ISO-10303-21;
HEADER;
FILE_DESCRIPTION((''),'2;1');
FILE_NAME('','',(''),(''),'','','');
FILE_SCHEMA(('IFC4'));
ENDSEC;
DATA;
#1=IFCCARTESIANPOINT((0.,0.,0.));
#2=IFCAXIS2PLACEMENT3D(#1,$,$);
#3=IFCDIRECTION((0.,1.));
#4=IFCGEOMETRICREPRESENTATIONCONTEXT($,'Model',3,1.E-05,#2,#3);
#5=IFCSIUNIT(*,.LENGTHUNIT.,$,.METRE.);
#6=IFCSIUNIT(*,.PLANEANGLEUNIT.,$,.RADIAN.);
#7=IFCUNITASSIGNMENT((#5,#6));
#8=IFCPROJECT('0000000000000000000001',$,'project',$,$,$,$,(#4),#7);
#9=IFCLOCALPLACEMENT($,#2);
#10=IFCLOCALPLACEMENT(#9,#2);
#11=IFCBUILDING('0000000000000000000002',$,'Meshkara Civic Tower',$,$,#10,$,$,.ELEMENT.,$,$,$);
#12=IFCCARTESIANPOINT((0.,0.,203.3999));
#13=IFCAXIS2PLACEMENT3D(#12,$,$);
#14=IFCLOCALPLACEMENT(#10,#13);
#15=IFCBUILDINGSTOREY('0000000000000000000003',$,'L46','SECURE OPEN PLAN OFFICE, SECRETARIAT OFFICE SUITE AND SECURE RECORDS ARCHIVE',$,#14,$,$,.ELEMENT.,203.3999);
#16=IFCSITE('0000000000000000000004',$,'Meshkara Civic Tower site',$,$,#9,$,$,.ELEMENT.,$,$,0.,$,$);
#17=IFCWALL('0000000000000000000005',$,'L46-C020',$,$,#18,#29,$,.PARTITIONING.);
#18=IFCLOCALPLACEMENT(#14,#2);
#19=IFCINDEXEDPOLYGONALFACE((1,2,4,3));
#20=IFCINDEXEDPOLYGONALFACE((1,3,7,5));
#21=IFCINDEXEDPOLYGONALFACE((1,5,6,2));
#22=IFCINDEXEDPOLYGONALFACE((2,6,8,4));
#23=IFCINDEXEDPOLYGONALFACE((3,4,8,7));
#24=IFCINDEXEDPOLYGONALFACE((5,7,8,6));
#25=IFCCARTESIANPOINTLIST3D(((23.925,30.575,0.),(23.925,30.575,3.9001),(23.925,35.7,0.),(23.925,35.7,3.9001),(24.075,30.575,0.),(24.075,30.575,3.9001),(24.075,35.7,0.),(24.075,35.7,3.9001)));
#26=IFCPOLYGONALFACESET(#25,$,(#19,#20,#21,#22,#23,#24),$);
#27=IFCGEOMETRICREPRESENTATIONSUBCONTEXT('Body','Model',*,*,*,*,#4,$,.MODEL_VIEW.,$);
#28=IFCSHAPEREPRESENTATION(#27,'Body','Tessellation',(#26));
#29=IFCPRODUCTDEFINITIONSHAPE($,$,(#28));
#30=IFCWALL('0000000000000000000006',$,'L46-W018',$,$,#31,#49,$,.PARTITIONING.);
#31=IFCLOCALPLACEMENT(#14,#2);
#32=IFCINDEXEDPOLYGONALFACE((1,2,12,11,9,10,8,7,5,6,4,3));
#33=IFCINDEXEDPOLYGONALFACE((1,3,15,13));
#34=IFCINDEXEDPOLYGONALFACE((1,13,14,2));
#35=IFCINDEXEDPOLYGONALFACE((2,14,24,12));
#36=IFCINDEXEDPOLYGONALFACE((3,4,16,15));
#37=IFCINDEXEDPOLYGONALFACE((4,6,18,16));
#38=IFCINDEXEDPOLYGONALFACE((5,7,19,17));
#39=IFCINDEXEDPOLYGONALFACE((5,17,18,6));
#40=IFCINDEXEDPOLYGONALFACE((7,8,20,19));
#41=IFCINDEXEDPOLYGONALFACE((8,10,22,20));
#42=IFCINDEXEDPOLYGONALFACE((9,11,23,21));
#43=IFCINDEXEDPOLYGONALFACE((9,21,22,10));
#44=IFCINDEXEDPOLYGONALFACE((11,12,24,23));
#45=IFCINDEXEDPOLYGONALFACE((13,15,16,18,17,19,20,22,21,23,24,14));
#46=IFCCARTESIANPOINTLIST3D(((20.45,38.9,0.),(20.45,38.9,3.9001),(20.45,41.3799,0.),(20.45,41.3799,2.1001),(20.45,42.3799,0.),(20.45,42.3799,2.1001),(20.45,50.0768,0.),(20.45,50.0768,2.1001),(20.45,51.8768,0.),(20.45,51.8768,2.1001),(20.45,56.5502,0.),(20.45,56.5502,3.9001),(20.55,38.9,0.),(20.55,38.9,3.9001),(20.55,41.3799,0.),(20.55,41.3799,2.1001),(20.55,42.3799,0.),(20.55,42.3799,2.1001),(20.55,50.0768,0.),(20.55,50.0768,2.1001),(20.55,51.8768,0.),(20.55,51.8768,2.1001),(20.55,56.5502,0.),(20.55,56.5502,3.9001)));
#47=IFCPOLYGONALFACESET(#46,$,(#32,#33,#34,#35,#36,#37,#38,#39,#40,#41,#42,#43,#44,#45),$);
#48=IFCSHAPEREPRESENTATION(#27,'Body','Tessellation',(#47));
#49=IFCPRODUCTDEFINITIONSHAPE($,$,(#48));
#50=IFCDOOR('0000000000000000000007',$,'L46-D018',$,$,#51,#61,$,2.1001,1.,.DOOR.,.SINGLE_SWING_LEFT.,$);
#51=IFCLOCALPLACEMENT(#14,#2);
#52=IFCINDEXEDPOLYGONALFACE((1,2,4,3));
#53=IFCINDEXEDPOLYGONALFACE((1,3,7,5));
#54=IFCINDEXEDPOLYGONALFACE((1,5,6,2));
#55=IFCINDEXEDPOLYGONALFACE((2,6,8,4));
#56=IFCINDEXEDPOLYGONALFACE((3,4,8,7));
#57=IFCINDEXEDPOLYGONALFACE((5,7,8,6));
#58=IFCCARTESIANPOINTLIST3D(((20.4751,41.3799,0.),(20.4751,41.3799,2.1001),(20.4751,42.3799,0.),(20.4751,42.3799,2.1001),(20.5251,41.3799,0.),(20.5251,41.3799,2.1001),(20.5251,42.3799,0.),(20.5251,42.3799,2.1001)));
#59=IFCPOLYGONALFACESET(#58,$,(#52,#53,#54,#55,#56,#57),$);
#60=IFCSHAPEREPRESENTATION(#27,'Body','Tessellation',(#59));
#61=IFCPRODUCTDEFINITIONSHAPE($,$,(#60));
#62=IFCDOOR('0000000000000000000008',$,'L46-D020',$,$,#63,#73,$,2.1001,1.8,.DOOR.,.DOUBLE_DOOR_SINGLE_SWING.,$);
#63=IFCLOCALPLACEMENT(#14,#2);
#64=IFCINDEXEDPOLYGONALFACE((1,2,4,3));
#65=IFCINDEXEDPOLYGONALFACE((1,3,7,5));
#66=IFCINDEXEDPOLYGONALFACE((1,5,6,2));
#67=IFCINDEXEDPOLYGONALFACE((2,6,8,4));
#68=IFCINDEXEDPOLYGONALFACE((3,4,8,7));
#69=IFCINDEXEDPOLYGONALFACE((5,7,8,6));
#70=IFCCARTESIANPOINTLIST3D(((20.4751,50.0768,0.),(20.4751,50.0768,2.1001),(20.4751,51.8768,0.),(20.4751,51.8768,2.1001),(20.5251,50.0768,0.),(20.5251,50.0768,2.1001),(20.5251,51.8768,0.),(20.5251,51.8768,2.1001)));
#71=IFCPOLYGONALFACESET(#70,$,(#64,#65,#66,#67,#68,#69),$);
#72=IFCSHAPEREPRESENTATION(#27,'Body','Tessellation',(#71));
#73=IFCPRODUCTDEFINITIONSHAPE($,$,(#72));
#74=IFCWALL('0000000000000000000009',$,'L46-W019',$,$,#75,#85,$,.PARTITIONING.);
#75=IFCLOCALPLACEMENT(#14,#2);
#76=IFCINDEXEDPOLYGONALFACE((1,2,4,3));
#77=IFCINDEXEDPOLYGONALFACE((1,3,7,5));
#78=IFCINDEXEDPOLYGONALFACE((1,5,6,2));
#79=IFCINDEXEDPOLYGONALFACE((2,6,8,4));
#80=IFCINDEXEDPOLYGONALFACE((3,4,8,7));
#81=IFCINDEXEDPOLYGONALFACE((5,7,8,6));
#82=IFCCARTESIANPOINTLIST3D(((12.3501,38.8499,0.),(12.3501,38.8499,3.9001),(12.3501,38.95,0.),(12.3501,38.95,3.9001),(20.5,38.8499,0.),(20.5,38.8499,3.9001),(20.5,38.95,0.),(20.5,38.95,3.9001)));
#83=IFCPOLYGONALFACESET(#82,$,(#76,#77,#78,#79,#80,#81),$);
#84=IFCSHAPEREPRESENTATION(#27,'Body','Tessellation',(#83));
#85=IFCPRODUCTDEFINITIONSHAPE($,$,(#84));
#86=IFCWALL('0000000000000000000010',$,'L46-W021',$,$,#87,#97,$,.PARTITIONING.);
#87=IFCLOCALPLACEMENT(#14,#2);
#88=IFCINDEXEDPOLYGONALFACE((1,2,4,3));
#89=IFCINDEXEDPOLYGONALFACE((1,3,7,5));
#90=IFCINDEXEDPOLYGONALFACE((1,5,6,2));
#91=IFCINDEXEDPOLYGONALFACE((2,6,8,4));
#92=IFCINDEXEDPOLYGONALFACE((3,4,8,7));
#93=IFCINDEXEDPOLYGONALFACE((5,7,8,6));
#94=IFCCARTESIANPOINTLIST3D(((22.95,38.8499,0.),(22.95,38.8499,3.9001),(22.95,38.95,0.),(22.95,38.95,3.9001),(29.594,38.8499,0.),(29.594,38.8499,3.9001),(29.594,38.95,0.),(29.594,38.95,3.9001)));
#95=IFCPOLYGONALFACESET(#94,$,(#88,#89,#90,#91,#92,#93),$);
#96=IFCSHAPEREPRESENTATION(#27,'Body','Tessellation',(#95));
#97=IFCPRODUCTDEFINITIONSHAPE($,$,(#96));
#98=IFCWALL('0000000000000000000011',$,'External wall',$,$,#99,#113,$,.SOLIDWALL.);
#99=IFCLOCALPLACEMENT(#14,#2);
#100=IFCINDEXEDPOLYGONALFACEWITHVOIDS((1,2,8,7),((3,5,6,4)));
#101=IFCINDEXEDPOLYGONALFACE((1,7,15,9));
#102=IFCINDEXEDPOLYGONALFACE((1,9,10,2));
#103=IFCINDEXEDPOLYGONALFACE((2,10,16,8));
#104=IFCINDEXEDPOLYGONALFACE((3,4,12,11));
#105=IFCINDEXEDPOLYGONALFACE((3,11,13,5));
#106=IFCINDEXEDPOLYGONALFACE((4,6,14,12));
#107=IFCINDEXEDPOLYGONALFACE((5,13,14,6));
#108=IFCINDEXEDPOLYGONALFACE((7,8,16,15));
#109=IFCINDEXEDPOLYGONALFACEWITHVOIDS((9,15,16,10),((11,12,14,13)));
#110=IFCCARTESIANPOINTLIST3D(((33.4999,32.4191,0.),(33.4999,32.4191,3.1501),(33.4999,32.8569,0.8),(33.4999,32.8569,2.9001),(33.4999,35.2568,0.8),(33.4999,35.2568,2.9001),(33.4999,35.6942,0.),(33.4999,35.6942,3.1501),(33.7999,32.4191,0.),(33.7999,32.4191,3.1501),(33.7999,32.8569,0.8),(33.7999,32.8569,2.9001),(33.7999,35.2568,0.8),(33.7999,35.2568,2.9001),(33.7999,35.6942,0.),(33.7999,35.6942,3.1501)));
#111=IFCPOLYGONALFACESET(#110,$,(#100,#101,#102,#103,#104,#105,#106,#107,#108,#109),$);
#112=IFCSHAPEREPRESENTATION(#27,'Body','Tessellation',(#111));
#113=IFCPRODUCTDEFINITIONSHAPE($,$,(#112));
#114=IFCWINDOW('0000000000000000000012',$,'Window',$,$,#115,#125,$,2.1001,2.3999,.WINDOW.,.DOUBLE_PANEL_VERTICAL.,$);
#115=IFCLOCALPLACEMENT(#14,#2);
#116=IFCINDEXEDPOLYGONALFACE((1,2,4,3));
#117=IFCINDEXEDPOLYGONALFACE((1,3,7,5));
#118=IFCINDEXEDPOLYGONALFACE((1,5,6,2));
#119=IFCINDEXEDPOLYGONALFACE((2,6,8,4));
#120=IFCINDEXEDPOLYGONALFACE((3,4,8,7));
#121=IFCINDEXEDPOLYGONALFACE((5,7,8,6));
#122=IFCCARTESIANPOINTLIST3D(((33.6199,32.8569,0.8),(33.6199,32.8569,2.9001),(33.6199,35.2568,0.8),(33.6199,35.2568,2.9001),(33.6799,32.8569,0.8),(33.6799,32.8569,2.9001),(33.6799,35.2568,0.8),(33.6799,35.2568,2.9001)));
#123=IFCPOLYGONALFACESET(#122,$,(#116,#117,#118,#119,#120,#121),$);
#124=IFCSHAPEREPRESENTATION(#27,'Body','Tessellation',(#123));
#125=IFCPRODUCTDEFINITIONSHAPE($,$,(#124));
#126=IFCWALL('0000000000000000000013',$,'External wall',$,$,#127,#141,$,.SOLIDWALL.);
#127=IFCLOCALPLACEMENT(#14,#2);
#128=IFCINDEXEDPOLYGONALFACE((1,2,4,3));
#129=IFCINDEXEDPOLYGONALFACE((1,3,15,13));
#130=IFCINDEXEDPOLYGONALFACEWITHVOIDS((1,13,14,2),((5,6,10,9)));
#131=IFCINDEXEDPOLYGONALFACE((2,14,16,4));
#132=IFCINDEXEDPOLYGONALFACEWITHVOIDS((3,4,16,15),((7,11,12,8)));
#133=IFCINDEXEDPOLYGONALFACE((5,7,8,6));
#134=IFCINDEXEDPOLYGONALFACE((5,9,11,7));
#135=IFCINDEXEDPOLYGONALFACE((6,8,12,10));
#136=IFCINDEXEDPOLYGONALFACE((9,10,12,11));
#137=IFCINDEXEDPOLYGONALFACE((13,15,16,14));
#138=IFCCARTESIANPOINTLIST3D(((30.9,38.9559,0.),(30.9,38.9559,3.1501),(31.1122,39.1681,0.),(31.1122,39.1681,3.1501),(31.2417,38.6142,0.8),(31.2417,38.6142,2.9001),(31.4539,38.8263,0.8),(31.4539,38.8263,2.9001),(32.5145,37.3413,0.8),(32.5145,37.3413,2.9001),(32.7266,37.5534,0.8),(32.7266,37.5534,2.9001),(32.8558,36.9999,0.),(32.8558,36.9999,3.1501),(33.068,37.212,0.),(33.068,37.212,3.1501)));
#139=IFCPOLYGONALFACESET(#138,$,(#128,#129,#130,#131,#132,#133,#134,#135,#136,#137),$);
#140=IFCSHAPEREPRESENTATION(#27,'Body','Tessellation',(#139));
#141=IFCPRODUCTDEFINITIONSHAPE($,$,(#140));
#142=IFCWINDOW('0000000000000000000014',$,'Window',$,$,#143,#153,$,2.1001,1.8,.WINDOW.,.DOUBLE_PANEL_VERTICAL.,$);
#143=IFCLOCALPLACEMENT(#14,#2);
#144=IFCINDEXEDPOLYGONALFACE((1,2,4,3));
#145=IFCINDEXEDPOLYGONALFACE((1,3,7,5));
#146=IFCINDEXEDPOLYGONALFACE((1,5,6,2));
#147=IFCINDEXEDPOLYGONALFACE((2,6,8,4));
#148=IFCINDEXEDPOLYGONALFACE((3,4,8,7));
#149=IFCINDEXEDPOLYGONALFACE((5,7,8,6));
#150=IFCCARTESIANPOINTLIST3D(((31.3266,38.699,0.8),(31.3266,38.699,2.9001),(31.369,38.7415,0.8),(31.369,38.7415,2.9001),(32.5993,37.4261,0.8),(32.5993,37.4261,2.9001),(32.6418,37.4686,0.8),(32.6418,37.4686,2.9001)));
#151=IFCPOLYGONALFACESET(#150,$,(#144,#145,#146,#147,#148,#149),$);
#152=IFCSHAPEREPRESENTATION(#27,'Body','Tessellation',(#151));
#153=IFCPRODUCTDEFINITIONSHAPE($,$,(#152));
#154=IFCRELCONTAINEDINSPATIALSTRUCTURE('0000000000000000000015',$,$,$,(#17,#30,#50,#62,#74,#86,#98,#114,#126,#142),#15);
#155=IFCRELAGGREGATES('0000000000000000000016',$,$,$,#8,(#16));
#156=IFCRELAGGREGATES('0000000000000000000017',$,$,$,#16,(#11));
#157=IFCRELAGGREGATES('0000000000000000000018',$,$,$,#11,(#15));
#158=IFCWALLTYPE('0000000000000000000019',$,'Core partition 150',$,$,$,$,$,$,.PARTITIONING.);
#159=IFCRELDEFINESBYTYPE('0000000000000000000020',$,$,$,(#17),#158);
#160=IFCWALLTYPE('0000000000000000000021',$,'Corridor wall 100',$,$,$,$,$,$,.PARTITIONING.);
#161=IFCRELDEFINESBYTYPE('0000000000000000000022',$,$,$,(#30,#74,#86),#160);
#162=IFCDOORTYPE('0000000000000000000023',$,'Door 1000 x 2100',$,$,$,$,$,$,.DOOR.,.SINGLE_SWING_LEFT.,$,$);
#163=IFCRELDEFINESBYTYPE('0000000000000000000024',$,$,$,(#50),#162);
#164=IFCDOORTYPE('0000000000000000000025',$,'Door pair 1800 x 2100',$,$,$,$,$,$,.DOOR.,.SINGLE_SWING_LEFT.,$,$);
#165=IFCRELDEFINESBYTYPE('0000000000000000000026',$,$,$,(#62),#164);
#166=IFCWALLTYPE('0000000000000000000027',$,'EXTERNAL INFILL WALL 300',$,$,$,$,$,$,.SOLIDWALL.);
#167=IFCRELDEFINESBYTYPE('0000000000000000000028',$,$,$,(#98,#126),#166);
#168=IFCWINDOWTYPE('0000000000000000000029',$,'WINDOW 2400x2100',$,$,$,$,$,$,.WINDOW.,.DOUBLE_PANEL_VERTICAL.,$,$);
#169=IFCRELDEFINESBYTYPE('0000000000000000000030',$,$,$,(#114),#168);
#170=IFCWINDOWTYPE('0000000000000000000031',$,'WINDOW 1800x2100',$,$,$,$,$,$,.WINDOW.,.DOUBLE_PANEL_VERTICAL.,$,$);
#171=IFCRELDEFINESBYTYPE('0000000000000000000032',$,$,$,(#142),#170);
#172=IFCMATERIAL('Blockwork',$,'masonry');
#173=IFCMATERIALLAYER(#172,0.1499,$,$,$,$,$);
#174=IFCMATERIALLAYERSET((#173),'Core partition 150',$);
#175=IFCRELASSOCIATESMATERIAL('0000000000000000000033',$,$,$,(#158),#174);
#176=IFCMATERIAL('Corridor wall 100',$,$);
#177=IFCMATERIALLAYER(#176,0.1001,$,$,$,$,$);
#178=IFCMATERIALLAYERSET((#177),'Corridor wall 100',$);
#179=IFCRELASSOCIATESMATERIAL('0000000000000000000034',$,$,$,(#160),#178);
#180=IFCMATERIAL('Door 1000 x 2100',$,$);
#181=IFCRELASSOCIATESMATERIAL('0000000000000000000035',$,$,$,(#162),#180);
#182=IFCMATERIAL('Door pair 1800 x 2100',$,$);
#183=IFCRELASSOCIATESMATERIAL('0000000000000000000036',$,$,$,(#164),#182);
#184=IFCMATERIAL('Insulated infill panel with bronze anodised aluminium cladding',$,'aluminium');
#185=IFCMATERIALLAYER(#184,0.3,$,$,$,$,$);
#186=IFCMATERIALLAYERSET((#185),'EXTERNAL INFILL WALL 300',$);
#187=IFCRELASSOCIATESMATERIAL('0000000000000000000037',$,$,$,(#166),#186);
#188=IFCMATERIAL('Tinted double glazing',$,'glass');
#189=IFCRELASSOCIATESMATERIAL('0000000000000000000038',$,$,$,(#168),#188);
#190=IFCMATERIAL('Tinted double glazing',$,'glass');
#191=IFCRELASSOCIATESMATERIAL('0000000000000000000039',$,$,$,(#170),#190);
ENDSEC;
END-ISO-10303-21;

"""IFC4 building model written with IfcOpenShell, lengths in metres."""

from ifc_helpers import new_model, si_unit, direction, frame, frame_2d, origin, place, context, subcontext, project, spatial, rectangle, extrude, material, layer, layer_set, type_object, element, fill, save


model = new_model("IFC4")

# Units and contexts
model_context = context("Model", 3, precision=1e-05, world=origin(), true_north=direction((0.0, 1.0)))
body_context = subcontext(model_context, "Body", "Model", "MODEL_VIEW")
ifc_project = project(units=[si_unit("LENGTHUNIT", "METRE"), si_unit("PLANEANGLEUNIT", "RADIAN")], contexts=[model_context])

# Site, building, storey
site_placement = place(None, origin())
site = spatial("IfcSite", under=ifc_project, at=site_placement, Name="Meshkara Civic Tower site", CompositionType="ELEMENT", RefElevation=0.0)
building_placement = place(site_placement, origin())
building = spatial("IfcBuilding", under=site, at=building_placement, Name="Meshkara Civic Tower", CompositionType="ELEMENT")
storey_placement = place(building_placement, frame((0.0, 0.0, 203.3999)))
storey = spatial("IfcBuildingStorey", under=building, at=storey_placement, Name="L46", Description="SECURE OPEN PLAN OFFICE, SECRETARIAT OFFICE SUITE AND SECURE RECORDS ARCHIVE", CompositionType="ELEMENT", Elevation=203.3999)

# Shared definitions
ifc_material_1 = material(Name="Blockwork", Category="masonry")
ifc_layer_1 = layer(ifc_material_1, 0.1499)
ifc_layer_set_1 = layer_set([ifc_layer_1], Name="Core partition 150")
wall_type_1 = type_object("IfcWallType", Name="Core partition 150", PredefinedType="PARTITIONING", material=ifc_layer_set_1)

# Wall
for number, where, z_axis, x_axis, name in (
    (1, (24.0, 30.575, 0.0), (0.0, 0.0, 1.0), (0.0, 1.0, 0.0), "L46-C020"),
):
    element("IfcWall", number, at=place(storey_placement, frame(where, z_axis=z_axis, x_axis=x_axis)), inside=storey, type_object=wall_type_1, Name=name, PredefinedType="PARTITIONING", context=body_context, shape_type="SweptSolid", body=[
        extrude(rectangle(XDim=5.125, YDim=0.1499, at=frame_2d((2.5625, 0.0))), origin(), (0.0, 0.0, 1.0), 3.9001),
    ])

# Wall, openings, doors
ifc_material_2 = material(Name="Corridor wall 100")
ifc_layer_2 = layer(ifc_material_2, 0.1001)
ifc_layer_set_2 = layer_set([ifc_layer_2], Name="Corridor wall 100")
wall_type_2 = type_object("IfcWallType", Name="Corridor wall 100", PredefinedType="PARTITIONING", material=ifc_layer_set_2)
wall_1_placement = place(storey_placement, frame((20.5, 38.8999, 0.0), z_axis=(0.0, 0.0, 1.0), x_axis=(0.0, 1.0, 0.0)))
wall_1 = element("IfcWall", 2, at=wall_1_placement, inside=storey, type_object=wall_type_2, Name="L46-W018", PredefinedType="PARTITIONING", context=body_context, shape_type="SweptSolid", body=[
    extrude(rectangle(XDim=17.6501, YDim=0.1001, at=frame_2d((8.8252, 0.0))), origin(), (0.0, 0.0, 1.0), 3.9001),
])
opening_1_placement = place(wall_1_placement, frame((2.48, 0.0, 0.0)))
opening_1 = element("IfcOpeningElement", 3, at=opening_1_placement, cuts=wall_1, PredefinedType="OPENING", context=body_context, shape_type="SweptSolid", body=[
    extrude(rectangle(XDim=1.0, YDim=2.1001, at=frame_2d((0.5, 1.05))), frame((0.0, 0.0601, 0.0), z_axis=(0.0, -1.0, 0.0), x_axis=(1.0, 0.0, 0.0)), (0.0, 0.0, 1.0), 0.1201),
])
opening_2_placement = place(wall_1_placement, frame((11.177, 0.0, 0.0)))
opening_2 = element("IfcOpeningElement", 4, at=opening_2_placement, cuts=wall_1, PredefinedType="OPENING", context=body_context, shape_type="SweptSolid", body=[
    extrude(rectangle(XDim=1.8, YDim=2.1001, at=frame_2d((0.8999, 1.05))), frame((0.0, 0.0601, 0.0), z_axis=(0.0, -1.0, 0.0), x_axis=(1.0, 0.0, 0.0)), (0.0, 0.0, 1.0), 0.1201),
])
ifc_material_3 = material(Name="Door 1000 x 2100")
door_type_1 = type_object("IfcDoorType", Name="Door 1000 x 2100", OperationType="SINGLE_SWING_LEFT", PredefinedType="DOOR", material=ifc_material_3)
door_1_placement = place(opening_1_placement, origin())
door_1 = element("IfcDoor", 5, at=door_1_placement, inside=storey, type_object=door_type_1, Name="L46-D018", OperationType="SINGLE_SWING_LEFT", OverallHeight=2.1001, OverallWidth=1.0, PredefinedType="DOOR", context=body_context, shape_type="SweptSolid", body=[
    extrude(rectangle(XDim=1.0, YDim=2.1001, at=frame_2d((0.5, 1.05))), frame((0.0, 0.0249, 0.0), z_axis=(0.0, -1.0, 0.0), x_axis=(1.0, 0.0, 0.0)), (0.0, 0.0, 1.0), 0.05),
])
fill(opening_1, door_1)
ifc_material_4 = material(Name="Door pair 1800 x 2100")
door_type_2 = type_object("IfcDoorType", Name="Door pair 1800 x 2100", OperationType="SINGLE_SWING_LEFT", PredefinedType="DOOR", material=ifc_material_4)
door_2_placement = place(opening_2_placement, origin())
door_2 = element("IfcDoor", 6, at=door_2_placement, inside=storey, type_object=door_type_2, Name="L46-D020", OperationType="DOUBLE_DOOR_SINGLE_SWING", OverallHeight=2.1001, OverallWidth=1.8, PredefinedType="DOOR", context=body_context, shape_type="SweptSolid", body=[
    extrude(rectangle(XDim=1.8, YDim=2.1001, at=frame_2d((0.8999, 1.05))), frame((0.0, 0.0249, 0.0), z_axis=(0.0, -1.0, 0.0), x_axis=(1.0, 0.0, 0.0)), (0.0, 0.0, 1.0), 0.05),
])
fill(opening_2, door_2)

# Walls
wall_2_placement = place(storey_placement, frame((20.5, 38.8999, 0.0), z_axis=(0.0, 0.0, 1.0), x_axis=(-1.0, 0.0, 0.0)))
element("IfcWall", 7, at=wall_2_placement, inside=storey, type_object=wall_type_2, Name="L46-W019", PredefinedType="PARTITIONING", context=body_context, shape_type="SweptSolid", body=[
    extrude(rectangle(XDim=8.1499, YDim=0.1001, at=frame_2d((4.075, 0.0))), origin(), (0.0, 0.0, 1.0), 3.9001),
])
wall_3_placement = place(storey_placement, frame((29.594, 38.8999, 0.0), z_axis=(0.0, 0.0, 1.0), x_axis=(-1.0, 0.0, 0.0)))
element("IfcWall", 8, at=wall_3_placement, inside=storey, type_object=wall_type_2, Name="L46-W021", PredefinedType="PARTITIONING", context=body_context, shape_type="SweptSolid", body=[
    extrude(rectangle(XDim=6.644, YDim=0.1001, at=frame_2d((3.322, 0.0))), origin(), (0.0, 0.0, 1.0), 3.9001),
])

# Walls, openings, windows
ifc_material_5 = material(Name="Insulated infill panel with bronze anodised aluminium cladding", Category="aluminium")
ifc_layer_3 = layer(ifc_material_5, 0.3)
ifc_layer_set_3 = layer_set([ifc_layer_3], Name="EXTERNAL INFILL WALL 300")
wall_type_3 = type_object("IfcWallType", Name="EXTERNAL INFILL WALL 300", PredefinedType="SOLIDWALL", material=ifc_layer_set_3)
wall_4_placement = place(storey_placement, frame((33.6499, 32.4189, 0.0), z_axis=(0.0, 0.0, 1.0), x_axis=(0.0, 1.0, 0.0)))
wall_4 = element("IfcWall", 9, at=wall_4_placement, inside=storey, type_object=wall_type_3, Name="External wall", PredefinedType="SOLIDWALL", context=body_context, shape_type="SweptSolid", body=[
    extrude(rectangle(XDim=3.2751, YDim=0.3, at=frame_2d((1.6377, 0.0))), origin(), (0.0, 0.0, 1.0), 3.1501),
])
opening_3_placement = place(wall_4_placement, frame((0.438, 0.0, 0.8)))
opening_3 = element("IfcOpeningElement", 10, at=opening_3_placement, cuts=wall_4, PredefinedType="OPENING", context=body_context, shape_type="SweptSolid", body=[
    extrude(rectangle(XDim=2.3999, YDim=2.1001, at=frame_2d((1.2, 1.05))), frame((0.0, 0.1599, 0.0), z_axis=(0.0, -1.0, 0.0), x_axis=(1.0, 0.0, 0.0)), (0.0, 0.0, 1.0), 0.3201),
])
ifc_material_6 = material(Name="Tinted double glazing", Category="glass")
window_type_1 = type_object("IfcWindowType", Name="WINDOW 2400x2100", PartitioningType="DOUBLE_PANEL_VERTICAL", PredefinedType="WINDOW", material=ifc_material_6)
window_1_placement = place(opening_3_placement, origin())
window_1 = element("IfcWindow", 11, at=window_1_placement, inside=storey, type_object=window_type_1, Name="Window", OverallHeight=2.1001, OverallWidth=2.3999, PartitioningType="DOUBLE_PANEL_VERTICAL", PredefinedType="WINDOW", context=body_context, shape_type="SweptSolid", body=[
    extrude(rectangle(XDim=2.3999, YDim=2.1001, at=frame_2d((1.2, 1.05))), frame((0.0, 0.03, 0.0), z_axis=(0.0, -1.0, 0.0), x_axis=(1.0, 0.0, 0.0)), (0.0, 0.0, 1.0), 0.0601),
])
fill(opening_3, window_1)
wall_5_placement = place(storey_placement, frame((32.9619, 37.106, 0.0), z_axis=(0.0, 0.0, 1.0), x_axis=(-0.707063, 0.707151, 0.0)))
wall_5 = element("IfcWall", 12, at=wall_5_placement, inside=storey, type_object=wall_type_3, Name="External wall", PredefinedType="SOLIDWALL", context=body_context, shape_type="SweptSolid", body=[
    extrude(rectangle(XDim=2.7661, YDim=0.3, at=frame_2d((1.3831, 0.0))), origin(), (0.0, 0.0, 1.0), 3.1501),
])
opening_4_placement = place(wall_5_placement, frame((0.4829, 0.0, 0.8)))
opening_4 = element("IfcOpeningElement", 13, at=opening_4_placement, cuts=wall_5, PredefinedType="OPENING", context=body_context, shape_type="SweptSolid", body=[
    extrude(rectangle(XDim=1.8, YDim=2.1001, at=frame_2d((0.8999, 1.05))), frame((0.0, 0.1599, 0.0), z_axis=(0.0, -1.0, 0.0), x_axis=(1.0, 0.0, 0.0)), (0.0, 0.0, 1.0), 0.3201),
])
ifc_material_7 = material(Name="Tinted double glazing", Category="glass")
window_type_2 = type_object("IfcWindowType", Name="WINDOW 1800x2100", PartitioningType="DOUBLE_PANEL_VERTICAL", PredefinedType="WINDOW", material=ifc_material_7)
window_2_placement = place(opening_4_placement, origin())
window_2 = element("IfcWindow", 14, at=window_2_placement, inside=storey, type_object=window_type_2, Name="Window", OverallHeight=2.1001, OverallWidth=1.8, PartitioningType="DOUBLE_PANEL_VERTICAL", PredefinedType="WINDOW", context=body_context, shape_type="SweptSolid", body=[
    extrude(rectangle(XDim=1.8, YDim=2.1001, at=frame_2d((0.8999, 1.05))), frame((0.0, 0.03, 0.0), z_axis=(0.0, -1.0, 0.0), x_axis=(1.0, 0.0, 0.0)), (0.0, 0.0, 1.0), 0.0601),
])
fill(opening_4, window_2)

save(model, "model.ifc")
